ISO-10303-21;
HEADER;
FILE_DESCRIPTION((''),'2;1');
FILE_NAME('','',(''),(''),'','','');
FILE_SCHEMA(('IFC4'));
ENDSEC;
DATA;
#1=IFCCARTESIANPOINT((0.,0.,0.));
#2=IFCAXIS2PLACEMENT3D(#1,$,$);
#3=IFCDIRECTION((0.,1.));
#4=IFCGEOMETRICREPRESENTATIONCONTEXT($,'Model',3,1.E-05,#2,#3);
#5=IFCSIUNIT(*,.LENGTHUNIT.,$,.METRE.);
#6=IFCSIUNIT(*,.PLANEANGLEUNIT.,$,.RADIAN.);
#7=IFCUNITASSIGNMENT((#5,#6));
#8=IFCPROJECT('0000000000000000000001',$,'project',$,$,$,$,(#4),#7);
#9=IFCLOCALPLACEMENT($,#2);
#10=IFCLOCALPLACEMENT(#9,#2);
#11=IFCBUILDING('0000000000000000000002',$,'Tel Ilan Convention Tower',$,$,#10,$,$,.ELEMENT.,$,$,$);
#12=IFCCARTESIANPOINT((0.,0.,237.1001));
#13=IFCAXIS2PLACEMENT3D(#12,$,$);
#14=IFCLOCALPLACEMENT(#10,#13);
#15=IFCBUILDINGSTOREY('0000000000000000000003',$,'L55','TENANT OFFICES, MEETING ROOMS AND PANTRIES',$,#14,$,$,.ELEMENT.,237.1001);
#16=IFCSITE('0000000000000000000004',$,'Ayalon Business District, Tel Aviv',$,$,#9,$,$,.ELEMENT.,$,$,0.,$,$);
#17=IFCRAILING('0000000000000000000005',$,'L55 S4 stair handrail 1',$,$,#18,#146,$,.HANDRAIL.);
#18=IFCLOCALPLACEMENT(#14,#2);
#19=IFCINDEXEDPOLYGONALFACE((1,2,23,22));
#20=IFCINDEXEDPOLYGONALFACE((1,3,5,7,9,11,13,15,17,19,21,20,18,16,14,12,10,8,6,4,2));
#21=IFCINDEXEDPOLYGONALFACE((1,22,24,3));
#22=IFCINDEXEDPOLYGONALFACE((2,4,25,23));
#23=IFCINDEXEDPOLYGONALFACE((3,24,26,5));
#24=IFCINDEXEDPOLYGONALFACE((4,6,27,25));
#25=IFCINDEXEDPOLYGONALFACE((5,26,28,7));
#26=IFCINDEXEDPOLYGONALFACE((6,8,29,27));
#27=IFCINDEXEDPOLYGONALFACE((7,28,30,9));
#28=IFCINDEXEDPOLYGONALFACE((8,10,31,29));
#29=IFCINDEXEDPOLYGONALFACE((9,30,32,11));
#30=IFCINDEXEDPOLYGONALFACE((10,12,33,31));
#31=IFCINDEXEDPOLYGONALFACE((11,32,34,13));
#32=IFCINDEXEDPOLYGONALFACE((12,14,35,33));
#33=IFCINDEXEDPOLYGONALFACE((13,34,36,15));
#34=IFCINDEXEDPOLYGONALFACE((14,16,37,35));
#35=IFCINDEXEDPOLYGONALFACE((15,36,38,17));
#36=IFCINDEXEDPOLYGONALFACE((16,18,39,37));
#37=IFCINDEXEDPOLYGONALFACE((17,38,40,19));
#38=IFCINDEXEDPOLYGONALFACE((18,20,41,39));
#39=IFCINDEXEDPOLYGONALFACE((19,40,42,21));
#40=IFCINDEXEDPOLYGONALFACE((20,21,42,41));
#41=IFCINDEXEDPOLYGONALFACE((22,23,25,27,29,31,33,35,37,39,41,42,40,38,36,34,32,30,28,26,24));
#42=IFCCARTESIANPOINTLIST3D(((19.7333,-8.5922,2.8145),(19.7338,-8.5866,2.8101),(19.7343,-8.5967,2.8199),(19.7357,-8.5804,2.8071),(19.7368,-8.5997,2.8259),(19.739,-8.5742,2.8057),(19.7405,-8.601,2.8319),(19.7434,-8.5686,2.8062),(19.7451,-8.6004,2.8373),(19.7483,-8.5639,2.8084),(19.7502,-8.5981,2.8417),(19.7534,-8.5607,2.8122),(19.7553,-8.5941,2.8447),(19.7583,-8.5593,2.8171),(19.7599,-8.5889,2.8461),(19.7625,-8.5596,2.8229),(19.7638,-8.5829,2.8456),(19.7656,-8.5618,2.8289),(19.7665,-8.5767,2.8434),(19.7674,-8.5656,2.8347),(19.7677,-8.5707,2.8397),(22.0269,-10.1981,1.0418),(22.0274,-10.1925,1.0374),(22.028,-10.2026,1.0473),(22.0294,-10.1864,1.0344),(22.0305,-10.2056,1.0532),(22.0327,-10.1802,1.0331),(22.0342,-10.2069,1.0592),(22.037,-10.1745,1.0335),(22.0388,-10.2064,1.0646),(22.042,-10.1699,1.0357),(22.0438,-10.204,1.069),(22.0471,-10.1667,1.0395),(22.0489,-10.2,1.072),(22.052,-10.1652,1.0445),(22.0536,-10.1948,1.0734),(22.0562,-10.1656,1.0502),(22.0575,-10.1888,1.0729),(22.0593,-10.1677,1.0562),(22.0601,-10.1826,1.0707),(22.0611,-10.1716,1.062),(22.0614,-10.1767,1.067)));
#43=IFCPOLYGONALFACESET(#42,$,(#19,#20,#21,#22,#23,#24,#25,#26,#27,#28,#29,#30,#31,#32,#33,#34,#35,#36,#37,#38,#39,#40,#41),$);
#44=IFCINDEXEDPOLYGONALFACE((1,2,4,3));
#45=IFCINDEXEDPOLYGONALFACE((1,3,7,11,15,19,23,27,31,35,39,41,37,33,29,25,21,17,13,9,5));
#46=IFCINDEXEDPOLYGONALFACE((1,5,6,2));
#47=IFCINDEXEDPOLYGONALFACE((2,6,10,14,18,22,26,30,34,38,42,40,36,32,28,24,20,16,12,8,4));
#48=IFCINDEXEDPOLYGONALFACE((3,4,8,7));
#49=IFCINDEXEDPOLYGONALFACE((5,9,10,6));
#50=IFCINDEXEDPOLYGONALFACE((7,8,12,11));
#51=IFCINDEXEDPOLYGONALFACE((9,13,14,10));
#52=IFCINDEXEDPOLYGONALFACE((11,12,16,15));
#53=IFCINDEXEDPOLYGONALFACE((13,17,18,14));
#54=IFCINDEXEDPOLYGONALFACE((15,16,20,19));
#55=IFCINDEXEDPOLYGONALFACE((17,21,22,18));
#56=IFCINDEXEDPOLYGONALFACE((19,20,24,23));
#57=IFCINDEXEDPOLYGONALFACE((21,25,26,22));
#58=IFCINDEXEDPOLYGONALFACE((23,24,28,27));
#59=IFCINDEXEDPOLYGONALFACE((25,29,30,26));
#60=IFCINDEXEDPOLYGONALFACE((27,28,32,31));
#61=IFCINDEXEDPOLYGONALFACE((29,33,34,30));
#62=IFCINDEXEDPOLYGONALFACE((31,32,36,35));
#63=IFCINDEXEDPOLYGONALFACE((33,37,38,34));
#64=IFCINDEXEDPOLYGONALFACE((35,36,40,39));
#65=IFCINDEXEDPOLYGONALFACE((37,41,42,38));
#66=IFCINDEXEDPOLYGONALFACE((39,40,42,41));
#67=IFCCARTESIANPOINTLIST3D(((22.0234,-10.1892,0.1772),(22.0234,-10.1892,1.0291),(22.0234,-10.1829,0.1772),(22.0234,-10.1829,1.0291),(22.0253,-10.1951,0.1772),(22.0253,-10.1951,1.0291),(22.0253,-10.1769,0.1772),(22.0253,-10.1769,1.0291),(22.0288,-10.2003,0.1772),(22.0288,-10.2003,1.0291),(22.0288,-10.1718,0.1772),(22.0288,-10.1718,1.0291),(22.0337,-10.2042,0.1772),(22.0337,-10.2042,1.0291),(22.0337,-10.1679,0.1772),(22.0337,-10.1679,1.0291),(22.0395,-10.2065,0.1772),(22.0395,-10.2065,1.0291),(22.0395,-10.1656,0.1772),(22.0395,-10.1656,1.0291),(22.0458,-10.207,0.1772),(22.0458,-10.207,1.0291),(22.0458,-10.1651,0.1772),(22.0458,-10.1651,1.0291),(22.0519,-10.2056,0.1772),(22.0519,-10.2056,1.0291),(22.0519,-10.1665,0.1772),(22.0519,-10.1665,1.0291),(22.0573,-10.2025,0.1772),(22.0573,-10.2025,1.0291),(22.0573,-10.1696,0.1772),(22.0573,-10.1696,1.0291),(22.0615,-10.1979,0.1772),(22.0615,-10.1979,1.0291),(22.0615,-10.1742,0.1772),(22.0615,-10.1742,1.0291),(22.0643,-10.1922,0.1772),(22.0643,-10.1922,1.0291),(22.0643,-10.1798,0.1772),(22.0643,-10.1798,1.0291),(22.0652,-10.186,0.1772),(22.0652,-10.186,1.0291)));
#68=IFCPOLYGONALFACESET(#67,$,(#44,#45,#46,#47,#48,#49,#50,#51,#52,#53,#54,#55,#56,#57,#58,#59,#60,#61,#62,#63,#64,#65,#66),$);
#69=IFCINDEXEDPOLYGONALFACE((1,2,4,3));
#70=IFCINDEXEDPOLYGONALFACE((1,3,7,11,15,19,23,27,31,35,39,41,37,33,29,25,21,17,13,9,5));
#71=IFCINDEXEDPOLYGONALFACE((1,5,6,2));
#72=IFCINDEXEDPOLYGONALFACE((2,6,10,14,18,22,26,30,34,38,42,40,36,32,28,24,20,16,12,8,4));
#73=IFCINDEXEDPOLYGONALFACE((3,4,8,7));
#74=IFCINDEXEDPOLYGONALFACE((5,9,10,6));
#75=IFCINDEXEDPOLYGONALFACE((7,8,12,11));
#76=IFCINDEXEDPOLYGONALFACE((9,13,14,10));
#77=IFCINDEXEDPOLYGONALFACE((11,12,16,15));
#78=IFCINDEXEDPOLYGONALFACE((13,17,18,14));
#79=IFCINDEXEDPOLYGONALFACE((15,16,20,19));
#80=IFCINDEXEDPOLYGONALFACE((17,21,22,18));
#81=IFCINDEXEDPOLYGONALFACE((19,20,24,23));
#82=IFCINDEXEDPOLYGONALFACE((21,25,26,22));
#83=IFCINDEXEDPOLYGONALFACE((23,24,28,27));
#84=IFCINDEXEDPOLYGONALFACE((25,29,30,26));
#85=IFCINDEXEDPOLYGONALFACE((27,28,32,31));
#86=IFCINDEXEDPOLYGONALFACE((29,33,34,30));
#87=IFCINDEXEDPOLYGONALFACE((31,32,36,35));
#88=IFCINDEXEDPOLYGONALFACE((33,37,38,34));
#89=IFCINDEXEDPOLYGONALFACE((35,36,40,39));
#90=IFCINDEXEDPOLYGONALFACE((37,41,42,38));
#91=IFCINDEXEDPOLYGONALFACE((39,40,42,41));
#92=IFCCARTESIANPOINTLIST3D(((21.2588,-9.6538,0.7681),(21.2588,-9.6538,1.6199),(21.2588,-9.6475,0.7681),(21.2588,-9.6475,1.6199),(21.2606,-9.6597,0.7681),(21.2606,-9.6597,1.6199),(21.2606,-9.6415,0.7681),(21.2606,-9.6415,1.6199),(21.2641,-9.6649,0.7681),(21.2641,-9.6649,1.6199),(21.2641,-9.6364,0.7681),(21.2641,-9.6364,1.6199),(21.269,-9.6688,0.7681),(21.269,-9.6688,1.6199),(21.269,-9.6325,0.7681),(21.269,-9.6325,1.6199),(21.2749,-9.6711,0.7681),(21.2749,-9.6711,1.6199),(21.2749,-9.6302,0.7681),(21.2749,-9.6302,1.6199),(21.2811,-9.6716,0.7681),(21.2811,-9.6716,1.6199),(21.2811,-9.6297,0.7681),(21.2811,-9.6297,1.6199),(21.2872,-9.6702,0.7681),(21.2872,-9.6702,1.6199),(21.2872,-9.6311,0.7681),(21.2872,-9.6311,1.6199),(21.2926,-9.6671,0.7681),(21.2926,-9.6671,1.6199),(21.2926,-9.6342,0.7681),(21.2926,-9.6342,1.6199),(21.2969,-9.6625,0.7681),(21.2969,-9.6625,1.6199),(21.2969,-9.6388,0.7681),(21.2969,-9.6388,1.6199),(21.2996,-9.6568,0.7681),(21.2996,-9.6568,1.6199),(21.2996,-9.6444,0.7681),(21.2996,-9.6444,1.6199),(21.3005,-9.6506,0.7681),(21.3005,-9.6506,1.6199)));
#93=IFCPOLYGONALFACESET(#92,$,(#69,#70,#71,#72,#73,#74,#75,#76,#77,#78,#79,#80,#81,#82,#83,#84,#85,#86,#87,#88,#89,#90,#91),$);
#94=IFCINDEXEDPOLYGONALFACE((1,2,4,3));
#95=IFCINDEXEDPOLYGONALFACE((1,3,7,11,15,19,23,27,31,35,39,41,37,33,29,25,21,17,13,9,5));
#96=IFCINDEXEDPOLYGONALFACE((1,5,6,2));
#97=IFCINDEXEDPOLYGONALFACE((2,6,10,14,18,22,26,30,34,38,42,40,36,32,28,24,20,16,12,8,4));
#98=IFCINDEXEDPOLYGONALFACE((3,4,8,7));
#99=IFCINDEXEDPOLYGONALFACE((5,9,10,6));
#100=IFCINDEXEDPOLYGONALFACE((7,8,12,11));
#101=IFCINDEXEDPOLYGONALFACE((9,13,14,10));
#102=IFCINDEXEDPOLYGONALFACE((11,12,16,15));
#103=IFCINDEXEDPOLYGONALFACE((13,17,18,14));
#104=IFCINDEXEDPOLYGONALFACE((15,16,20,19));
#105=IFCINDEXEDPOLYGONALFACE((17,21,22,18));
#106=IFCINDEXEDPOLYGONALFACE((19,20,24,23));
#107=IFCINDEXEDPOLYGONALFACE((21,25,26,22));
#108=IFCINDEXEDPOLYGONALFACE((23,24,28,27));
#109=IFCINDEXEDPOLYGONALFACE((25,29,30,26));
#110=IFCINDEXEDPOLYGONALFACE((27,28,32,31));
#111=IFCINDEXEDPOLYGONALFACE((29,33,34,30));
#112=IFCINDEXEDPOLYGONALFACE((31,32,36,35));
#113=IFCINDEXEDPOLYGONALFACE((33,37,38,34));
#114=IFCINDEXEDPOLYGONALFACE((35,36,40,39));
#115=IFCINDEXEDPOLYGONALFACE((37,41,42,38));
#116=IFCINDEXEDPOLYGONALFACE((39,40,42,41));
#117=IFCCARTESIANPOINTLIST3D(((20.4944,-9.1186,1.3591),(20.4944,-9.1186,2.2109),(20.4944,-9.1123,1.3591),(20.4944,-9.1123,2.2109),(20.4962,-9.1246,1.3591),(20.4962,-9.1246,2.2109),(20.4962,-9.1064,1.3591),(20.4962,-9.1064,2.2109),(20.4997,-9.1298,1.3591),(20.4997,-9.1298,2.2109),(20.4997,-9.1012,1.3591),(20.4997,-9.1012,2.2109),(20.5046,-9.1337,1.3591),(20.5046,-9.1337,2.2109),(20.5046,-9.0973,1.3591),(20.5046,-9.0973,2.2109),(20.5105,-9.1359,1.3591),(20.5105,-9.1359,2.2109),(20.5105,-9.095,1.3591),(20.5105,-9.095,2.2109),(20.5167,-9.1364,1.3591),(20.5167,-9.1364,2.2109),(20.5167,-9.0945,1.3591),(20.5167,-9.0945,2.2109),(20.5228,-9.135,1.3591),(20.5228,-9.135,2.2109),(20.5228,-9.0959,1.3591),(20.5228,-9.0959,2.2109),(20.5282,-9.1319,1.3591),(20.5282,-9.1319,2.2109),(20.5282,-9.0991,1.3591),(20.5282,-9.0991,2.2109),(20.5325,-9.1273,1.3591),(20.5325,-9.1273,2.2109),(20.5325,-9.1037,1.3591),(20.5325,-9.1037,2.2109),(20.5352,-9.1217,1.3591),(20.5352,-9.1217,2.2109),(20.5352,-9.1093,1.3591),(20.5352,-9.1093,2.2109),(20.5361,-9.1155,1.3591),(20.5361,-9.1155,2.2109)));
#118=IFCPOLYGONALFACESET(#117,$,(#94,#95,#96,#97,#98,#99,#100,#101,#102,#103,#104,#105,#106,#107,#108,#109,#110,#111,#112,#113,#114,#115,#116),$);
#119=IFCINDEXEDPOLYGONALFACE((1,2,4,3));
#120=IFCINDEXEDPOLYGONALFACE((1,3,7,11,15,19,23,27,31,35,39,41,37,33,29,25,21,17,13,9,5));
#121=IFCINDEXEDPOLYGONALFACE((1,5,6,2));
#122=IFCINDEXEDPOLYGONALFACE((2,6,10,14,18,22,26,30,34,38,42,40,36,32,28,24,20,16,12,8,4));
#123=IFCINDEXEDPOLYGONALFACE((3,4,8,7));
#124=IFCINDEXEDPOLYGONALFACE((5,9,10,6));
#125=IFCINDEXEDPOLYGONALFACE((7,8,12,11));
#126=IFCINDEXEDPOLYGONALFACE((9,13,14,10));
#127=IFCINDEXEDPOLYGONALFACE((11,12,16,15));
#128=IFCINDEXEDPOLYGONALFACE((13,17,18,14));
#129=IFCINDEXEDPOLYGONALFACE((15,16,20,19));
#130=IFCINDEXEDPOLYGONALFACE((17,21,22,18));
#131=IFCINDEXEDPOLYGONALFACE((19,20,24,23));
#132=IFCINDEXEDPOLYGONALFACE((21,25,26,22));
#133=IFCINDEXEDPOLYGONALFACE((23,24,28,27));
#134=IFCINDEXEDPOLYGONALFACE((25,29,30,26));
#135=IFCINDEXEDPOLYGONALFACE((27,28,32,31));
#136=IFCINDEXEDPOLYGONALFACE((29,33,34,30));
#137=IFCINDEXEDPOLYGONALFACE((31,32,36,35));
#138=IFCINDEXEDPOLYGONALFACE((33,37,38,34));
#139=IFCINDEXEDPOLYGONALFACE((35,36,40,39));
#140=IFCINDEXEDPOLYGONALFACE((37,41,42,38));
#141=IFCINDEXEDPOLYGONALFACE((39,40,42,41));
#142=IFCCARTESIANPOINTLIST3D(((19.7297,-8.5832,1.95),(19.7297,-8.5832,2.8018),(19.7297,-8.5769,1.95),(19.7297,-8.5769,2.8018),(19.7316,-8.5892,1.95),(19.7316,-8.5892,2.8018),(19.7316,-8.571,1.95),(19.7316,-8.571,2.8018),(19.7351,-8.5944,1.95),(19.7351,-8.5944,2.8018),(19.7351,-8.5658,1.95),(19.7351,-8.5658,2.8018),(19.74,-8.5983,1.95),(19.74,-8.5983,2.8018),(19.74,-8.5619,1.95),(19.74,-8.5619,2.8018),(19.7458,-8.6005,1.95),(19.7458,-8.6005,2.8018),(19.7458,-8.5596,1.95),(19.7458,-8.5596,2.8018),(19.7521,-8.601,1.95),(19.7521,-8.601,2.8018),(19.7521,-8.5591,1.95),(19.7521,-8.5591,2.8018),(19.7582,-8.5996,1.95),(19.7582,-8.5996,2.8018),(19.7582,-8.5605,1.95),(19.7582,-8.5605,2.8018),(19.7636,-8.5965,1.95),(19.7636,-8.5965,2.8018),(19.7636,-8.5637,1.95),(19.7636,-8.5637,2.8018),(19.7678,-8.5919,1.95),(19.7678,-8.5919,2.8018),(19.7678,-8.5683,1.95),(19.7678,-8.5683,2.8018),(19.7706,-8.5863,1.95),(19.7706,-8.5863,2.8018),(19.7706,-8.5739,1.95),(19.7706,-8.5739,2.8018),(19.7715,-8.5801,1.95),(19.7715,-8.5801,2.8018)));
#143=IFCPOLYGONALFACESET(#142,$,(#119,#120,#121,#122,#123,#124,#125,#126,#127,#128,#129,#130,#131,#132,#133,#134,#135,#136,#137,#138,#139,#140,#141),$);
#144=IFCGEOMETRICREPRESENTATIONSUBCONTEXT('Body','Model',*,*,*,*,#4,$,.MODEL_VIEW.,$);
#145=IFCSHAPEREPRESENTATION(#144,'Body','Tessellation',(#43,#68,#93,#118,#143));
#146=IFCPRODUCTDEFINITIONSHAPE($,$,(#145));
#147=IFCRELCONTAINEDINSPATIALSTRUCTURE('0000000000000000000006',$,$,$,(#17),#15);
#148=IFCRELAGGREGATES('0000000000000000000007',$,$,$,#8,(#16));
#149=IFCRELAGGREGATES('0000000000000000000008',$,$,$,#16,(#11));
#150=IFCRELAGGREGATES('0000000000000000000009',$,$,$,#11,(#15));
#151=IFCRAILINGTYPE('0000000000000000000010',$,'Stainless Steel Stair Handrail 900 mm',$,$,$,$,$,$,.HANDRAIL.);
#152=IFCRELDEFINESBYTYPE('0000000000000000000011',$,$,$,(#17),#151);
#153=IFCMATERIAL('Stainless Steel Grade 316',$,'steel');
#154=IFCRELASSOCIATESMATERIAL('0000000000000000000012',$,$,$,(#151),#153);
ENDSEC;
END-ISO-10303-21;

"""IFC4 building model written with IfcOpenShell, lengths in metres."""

from ifc_helpers import new_model, si_unit, direction, frame, origin, origin_2d, place, context, subcontext, project, spatial, circle, extrude, material, type_object, element, save


model = new_model("IFC4")

# Units and contexts
model_context = context("Model", 3, precision=1e-05, world=origin(), true_north=direction((0.0, 1.0)))
body_context = subcontext(model_context, "Body", "Model", "MODEL_VIEW")
ifc_project = project(units=[si_unit("LENGTHUNIT", "METRE"), si_unit("PLANEANGLEUNIT", "RADIAN")], contexts=[model_context])

# Site, building, storey
site_placement = place(None, origin())
site = spatial("IfcSite", under=ifc_project, at=site_placement, Name="Ayalon Business District, Tel Aviv", CompositionType="ELEMENT", RefElevation=0.0)
building_placement = place(site_placement, origin())
building = spatial("IfcBuilding", under=site, at=building_placement, Name="Tel Ilan Convention Tower", CompositionType="ELEMENT")
storey_placement = place(building_placement, frame((0.0, 0.0, 237.1001)))
storey = spatial("IfcBuildingStorey", under=building, at=storey_placement, Name="L55", Description="TENANT OFFICES, MEETING ROOMS AND PANTRIES", CompositionType="ELEMENT", Elevation=237.1001)

# Railing
ifc_material_1 = material(Name="Stainless Steel Grade 316", Category="steel")
railing_type_1 = type_object("IfcRailingType", Name="Stainless Steel Stair Handrail 900 mm", PredefinedType="HANDRAIL", material=ifc_material_1)
railing_1_placement = place(storey_placement, frame((22.0442, -10.186, 0.1772)))
element("IfcRailing", 1, at=railing_1_placement, inside=storey, type_object=railing_type_1, Name="L55 S4 stair handrail 1", PredefinedType="HANDRAIL", context=body_context, shape_type="SweptSolid", body=[
    extrude(circle(Radius=0.0239, at=origin_2d()), frame((0.0, 0.0, 0.876), z_axis=(-0.692123, 0.484597, 0.534913), x_axis=(-0.57355, -0.81917, 0.0)), (0.0, 0.0, 1.0), 3.314),
    extrude(circle(Radius=0.021, at=origin_2d()), origin(), (0.0, 0.0, 1.0), 0.8518),
    extrude(circle(Radius=0.021, at=origin_2d()), frame((-0.7646, 0.5354, 0.5908)), (0.0, 0.0, 1.0), 0.8518),
    extrude(circle(Radius=0.021, at=origin_2d()), frame((-1.5291, 1.0706, 1.1819)), (0.0, 0.0, 1.0), 0.8518),
    extrude(circle(Radius=0.021, at=origin_2d()), frame((-2.2937, 1.606, 1.7727)), (0.0, 0.0, 1.0), 0.8518),
])

save(model, "model.ifc")
